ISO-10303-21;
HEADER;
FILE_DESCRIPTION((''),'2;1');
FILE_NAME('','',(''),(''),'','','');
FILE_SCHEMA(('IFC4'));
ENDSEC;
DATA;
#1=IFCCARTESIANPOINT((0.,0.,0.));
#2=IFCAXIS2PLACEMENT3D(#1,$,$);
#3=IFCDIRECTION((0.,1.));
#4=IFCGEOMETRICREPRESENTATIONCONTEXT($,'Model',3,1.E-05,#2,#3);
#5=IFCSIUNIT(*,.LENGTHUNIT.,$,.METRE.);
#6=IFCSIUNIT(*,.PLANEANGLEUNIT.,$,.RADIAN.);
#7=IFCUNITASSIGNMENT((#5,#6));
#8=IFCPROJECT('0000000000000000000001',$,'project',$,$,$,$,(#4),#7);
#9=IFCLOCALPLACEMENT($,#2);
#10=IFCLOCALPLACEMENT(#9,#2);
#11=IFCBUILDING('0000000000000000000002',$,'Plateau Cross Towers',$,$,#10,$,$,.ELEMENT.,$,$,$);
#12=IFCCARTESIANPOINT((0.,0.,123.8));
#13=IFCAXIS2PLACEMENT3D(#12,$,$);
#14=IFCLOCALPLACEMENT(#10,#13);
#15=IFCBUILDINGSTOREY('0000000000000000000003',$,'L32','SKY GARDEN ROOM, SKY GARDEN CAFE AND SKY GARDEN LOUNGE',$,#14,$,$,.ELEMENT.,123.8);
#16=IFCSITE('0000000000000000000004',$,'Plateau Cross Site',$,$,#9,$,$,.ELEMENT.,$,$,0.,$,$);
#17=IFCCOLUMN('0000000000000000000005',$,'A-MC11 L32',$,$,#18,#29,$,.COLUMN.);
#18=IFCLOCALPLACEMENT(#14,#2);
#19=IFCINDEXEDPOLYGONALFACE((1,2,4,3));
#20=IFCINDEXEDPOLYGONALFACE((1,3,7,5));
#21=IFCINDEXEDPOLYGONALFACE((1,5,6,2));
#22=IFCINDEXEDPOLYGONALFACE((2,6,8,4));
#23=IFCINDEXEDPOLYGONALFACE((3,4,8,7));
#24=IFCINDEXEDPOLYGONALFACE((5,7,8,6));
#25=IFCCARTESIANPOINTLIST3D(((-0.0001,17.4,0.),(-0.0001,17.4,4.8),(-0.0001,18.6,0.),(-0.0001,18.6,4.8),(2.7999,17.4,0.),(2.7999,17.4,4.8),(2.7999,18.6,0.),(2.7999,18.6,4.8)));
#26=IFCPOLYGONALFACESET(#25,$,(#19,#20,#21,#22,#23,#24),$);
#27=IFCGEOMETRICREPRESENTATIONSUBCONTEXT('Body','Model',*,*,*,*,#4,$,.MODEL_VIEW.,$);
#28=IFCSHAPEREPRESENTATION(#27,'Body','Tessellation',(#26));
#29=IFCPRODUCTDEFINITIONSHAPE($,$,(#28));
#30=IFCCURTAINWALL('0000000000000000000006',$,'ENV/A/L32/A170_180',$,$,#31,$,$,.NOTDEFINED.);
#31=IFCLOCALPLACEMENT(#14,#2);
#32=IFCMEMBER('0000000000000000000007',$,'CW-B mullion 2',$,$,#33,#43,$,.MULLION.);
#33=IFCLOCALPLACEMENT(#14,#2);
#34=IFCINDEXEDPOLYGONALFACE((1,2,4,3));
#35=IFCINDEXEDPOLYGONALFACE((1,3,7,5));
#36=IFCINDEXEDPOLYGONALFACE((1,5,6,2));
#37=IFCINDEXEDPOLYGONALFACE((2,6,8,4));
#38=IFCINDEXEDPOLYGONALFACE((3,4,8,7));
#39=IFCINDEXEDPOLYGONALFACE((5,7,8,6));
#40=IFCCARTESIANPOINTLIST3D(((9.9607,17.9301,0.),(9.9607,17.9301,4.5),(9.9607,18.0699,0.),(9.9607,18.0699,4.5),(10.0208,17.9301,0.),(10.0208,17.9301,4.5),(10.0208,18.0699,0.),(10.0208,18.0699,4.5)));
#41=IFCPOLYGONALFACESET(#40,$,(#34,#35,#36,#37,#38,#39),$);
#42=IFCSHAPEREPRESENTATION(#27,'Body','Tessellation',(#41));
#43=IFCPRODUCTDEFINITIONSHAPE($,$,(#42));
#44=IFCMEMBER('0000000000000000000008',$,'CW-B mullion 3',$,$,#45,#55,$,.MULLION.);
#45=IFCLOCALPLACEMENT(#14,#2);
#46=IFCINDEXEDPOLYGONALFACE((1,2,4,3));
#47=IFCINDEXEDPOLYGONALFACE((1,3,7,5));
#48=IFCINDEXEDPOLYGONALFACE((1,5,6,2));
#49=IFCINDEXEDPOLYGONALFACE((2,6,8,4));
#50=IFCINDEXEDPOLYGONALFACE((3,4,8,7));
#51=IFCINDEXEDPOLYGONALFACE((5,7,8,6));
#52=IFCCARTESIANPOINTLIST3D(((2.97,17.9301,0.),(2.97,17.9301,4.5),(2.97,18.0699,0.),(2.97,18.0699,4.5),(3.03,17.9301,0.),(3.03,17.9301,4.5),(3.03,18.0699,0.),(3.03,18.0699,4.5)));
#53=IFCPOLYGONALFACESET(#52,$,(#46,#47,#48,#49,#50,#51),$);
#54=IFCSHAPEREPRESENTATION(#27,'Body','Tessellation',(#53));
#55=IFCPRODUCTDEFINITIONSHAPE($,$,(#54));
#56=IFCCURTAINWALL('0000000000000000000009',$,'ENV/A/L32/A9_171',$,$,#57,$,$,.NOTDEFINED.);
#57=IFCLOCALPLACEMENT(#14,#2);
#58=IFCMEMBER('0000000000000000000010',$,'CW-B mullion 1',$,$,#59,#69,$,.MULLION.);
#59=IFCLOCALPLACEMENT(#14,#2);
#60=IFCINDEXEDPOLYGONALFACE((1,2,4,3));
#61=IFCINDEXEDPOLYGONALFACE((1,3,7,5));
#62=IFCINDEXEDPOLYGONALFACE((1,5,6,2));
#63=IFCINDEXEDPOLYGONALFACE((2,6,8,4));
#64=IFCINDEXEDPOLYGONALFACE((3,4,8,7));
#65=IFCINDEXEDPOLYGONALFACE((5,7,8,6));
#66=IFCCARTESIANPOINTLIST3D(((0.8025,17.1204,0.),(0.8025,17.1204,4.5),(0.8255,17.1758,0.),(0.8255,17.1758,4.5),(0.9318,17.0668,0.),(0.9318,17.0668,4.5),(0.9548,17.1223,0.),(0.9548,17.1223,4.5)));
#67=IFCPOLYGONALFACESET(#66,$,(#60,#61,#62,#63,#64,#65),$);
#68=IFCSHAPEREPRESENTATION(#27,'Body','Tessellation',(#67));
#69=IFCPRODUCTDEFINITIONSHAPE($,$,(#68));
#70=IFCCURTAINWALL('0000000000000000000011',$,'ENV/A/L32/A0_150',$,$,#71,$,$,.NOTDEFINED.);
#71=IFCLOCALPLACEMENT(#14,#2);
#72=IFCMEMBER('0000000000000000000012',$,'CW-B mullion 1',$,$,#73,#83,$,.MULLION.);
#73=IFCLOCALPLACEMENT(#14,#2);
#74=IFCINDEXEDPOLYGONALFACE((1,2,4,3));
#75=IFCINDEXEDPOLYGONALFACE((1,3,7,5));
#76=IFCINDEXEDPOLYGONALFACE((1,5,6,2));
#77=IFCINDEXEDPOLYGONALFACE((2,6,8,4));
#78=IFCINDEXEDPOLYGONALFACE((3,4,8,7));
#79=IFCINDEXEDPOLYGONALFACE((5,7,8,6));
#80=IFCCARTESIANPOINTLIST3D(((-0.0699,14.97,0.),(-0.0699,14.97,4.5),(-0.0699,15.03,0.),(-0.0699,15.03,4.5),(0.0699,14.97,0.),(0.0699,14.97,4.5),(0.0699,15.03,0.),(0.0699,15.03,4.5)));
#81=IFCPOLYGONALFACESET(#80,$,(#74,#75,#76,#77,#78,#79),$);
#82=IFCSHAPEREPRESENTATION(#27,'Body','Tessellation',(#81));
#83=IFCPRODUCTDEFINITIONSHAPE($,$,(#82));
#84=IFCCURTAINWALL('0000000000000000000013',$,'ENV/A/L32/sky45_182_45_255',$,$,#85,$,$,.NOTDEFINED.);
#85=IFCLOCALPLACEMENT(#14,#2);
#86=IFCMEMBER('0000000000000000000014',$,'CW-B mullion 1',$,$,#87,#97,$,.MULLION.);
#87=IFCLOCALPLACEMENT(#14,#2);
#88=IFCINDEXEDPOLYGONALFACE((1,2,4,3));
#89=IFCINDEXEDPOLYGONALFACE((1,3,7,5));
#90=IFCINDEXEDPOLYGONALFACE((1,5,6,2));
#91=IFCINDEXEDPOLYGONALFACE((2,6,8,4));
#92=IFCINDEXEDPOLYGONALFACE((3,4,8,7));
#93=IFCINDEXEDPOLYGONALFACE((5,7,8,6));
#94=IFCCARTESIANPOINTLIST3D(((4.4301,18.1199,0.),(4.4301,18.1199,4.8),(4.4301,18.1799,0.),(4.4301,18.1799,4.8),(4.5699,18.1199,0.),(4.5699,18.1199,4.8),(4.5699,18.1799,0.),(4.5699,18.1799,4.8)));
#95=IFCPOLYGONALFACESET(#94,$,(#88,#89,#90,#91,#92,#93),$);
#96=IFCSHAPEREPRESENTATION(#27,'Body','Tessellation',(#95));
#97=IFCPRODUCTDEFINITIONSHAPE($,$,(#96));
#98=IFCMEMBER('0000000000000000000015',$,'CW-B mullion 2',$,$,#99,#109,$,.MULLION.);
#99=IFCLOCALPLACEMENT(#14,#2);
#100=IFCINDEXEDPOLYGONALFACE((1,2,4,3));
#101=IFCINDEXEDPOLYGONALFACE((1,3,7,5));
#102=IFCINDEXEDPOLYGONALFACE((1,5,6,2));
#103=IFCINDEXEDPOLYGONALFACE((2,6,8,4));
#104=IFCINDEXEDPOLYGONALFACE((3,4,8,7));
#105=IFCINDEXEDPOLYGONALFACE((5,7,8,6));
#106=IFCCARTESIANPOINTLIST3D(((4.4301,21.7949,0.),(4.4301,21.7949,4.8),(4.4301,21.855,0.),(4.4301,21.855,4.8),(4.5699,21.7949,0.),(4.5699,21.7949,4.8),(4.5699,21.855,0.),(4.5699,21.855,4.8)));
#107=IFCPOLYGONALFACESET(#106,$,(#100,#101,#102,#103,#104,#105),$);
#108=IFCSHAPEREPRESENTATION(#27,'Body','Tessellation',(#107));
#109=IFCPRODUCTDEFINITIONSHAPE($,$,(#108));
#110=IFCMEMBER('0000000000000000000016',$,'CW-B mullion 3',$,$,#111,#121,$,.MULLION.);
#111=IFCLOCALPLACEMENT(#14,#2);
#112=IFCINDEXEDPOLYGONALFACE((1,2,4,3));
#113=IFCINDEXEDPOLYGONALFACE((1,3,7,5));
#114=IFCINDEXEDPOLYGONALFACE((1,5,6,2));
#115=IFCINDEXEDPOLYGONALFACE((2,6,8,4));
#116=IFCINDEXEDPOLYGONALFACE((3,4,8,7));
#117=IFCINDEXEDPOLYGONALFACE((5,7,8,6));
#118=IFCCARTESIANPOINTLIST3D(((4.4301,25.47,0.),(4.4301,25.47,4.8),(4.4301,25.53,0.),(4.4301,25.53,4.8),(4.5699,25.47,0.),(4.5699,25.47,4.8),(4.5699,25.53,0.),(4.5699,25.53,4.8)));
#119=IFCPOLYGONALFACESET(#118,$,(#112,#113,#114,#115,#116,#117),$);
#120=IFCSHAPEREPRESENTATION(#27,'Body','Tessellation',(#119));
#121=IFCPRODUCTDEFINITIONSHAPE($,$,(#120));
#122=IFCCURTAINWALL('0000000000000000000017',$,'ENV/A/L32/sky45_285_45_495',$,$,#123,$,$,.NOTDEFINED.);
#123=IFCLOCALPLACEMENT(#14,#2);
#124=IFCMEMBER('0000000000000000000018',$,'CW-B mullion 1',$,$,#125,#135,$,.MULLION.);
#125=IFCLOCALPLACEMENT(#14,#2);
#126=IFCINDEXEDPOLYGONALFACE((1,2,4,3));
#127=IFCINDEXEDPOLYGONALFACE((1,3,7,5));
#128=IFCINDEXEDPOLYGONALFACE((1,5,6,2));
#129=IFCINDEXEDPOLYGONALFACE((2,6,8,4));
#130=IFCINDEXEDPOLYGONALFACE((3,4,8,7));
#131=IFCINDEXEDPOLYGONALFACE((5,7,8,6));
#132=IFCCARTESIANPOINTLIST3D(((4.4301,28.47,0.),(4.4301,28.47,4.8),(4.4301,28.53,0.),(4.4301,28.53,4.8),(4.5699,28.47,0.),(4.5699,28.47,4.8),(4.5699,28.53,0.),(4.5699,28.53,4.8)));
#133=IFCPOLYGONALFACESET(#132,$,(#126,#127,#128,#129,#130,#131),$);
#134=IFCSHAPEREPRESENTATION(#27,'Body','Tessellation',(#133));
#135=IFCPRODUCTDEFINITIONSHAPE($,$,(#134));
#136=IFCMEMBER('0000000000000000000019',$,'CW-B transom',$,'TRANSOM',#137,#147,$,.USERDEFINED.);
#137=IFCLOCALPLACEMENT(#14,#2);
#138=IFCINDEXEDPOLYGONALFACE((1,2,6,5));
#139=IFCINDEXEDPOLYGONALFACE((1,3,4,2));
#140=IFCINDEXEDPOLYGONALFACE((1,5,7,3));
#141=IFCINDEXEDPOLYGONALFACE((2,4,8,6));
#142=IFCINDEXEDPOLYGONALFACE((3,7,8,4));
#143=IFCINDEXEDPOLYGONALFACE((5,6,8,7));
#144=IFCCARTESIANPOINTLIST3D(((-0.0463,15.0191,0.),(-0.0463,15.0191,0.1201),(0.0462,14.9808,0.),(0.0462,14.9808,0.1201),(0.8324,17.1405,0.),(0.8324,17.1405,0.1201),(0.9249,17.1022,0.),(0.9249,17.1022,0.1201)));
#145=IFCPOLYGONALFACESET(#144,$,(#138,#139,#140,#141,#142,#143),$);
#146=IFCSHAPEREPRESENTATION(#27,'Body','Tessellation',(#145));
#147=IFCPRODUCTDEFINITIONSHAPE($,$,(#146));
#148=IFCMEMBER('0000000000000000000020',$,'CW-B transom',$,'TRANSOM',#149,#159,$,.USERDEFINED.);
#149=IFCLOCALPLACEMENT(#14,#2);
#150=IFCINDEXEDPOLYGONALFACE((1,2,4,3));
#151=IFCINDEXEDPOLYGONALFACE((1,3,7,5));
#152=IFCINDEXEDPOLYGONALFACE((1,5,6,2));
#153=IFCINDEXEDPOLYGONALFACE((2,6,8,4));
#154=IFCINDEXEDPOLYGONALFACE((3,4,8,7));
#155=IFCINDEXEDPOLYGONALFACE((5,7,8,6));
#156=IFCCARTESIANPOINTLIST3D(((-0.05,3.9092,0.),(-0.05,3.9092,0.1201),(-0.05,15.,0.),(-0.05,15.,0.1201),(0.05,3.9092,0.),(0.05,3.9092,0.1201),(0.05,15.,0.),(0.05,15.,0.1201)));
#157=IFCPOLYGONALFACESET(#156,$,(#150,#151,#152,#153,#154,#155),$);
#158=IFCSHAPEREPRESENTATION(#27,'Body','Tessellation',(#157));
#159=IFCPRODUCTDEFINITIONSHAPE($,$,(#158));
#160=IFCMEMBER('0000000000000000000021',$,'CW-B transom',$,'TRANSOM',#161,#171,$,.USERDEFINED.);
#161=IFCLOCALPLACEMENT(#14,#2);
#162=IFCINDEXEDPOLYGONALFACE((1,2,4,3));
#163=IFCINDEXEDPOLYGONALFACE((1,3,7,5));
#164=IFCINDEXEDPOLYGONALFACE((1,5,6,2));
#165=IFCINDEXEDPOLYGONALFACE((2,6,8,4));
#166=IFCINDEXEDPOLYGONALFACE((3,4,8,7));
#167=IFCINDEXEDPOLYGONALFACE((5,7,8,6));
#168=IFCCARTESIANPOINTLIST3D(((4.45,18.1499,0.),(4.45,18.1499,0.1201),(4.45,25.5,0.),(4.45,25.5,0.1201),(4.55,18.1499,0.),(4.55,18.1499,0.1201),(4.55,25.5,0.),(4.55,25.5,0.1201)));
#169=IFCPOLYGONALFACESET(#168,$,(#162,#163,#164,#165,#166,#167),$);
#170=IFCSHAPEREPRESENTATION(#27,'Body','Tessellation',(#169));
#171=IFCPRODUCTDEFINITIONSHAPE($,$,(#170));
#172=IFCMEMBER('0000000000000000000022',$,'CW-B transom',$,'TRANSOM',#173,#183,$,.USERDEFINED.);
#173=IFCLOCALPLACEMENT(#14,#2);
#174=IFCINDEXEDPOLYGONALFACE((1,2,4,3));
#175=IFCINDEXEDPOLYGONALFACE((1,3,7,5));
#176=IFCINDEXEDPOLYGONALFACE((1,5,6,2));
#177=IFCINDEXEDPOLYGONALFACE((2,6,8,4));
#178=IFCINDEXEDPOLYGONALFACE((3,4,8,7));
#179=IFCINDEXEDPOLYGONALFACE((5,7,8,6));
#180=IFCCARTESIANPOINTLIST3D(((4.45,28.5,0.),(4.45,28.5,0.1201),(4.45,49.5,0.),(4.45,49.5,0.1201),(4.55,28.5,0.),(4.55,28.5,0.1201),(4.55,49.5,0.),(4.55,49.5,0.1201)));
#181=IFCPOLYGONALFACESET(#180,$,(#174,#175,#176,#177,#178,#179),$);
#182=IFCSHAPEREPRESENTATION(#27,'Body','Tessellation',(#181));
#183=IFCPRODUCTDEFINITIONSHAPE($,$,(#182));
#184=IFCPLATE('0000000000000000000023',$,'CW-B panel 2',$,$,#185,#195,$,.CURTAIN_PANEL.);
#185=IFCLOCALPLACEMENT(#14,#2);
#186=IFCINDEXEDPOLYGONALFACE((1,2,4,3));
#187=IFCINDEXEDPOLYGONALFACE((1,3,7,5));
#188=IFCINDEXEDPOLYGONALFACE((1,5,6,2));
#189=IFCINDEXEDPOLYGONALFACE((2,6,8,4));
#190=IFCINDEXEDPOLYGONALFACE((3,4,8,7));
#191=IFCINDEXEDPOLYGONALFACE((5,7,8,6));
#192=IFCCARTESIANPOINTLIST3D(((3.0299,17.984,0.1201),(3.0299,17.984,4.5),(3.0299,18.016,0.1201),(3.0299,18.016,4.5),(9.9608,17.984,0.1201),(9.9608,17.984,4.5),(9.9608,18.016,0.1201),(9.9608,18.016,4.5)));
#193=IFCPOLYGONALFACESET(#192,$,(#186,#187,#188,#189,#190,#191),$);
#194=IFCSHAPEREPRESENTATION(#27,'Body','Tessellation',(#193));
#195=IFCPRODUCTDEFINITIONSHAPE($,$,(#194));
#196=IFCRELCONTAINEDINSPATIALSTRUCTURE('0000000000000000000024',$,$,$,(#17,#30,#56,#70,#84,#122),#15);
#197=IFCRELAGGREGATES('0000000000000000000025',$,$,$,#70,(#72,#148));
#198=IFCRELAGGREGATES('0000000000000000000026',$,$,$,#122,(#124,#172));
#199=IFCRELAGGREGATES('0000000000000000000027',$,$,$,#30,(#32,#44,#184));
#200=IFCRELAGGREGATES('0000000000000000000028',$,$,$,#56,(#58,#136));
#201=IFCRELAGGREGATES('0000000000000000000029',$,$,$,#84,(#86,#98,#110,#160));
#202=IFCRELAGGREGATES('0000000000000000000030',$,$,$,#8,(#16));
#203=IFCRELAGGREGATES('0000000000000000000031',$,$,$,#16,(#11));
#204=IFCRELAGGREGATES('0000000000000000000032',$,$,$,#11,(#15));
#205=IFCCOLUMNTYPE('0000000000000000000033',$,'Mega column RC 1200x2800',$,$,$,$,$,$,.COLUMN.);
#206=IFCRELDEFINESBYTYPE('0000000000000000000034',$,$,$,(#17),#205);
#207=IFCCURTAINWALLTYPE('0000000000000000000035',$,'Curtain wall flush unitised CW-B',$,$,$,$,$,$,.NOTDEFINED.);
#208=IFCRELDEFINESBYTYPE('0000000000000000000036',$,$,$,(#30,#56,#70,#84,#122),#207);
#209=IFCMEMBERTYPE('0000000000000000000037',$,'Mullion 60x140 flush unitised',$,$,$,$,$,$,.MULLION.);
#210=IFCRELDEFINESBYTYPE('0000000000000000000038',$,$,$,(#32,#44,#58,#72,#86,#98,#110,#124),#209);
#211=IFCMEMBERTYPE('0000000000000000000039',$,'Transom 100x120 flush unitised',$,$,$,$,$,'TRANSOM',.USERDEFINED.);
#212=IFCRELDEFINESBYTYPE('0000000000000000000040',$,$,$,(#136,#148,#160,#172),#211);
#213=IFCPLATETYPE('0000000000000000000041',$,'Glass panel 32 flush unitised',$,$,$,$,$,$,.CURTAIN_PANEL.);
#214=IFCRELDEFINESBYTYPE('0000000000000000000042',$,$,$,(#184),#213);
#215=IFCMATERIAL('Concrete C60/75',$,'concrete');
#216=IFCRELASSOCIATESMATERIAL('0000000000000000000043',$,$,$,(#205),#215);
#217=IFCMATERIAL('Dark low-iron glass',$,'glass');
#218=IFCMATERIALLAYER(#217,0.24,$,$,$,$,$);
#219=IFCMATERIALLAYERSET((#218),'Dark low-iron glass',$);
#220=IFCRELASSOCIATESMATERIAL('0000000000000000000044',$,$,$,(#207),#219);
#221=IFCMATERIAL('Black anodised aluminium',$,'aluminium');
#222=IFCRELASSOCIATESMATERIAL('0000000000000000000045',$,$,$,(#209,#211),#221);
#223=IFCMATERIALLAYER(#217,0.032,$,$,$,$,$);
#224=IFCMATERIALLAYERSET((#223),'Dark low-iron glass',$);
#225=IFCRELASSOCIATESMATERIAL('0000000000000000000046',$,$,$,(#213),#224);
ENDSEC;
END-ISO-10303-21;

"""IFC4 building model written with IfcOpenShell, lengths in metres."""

from ifc_helpers import new_model, si_unit, direction, frame, origin, origin_2d, place, context, subcontext, project, spatial, rectangle, extrude, material, layer, layer_set, material_profile, profile_set, type_object, element, aggregate, save


model = new_model("IFC4")

# Units and contexts
model_context = context("Model", 3, precision=1e-05, world=origin(), true_north=direction((0.0, 1.0)))
body_context = subcontext(model_context, "Body", "Model", "MODEL_VIEW")
ifc_project = project(units=[si_unit("LENGTHUNIT", "METRE"), si_unit("PLANEANGLEUNIT", "RADIAN")], contexts=[model_context])

# Site, building, storey
site_placement = place(None, origin())
site = spatial("IfcSite", under=ifc_project, at=site_placement, Name="Plateau Cross Site", CompositionType="ELEMENT", RefElevation=0.0)
building_placement = place(site_placement, origin())
building = spatial("IfcBuilding", under=site, at=building_placement, Name="Plateau Cross Towers", CompositionType="ELEMENT")
storey_placement = place(building_placement, frame((0.0, 0.0, 123.8)))
storey = spatial("IfcBuildingStorey", under=building, at=storey_placement, Name="L32", Description="SKY GARDEN ROOM, SKY GARDEN CAFE AND SKY GARDEN LOUNGE", CompositionType="ELEMENT", Elevation=123.8)

# Column
ifc_material_1 = material(Name="Concrete C60/75", Category="concrete")
ifc_material_profile_1 = material_profile(ifc_material_1, rectangle(XDim=1.2, YDim=2.8, at=origin_2d()), Name="RC 1200x2800")
ifc_profile_set_1 = profile_set([ifc_material_profile_1], Name="Concrete C60/75")
column_type = type_object("IfcColumnType", Name="Mega column RC 1200x2800", PredefinedType="COLUMN", material=ifc_profile_set_1)
column_placement = place(storey_placement, frame((1.3999, 18.0, 0.0), z_axis=(0.0, 0.0, 1.0), x_axis=(0.0, 1.0, 0.0)))
element("IfcColumn", 1, at=column_placement, inside=storey, type_object=column_type, Name="A-MC11 L32", PredefinedType="COLUMN", context=body_context, shape_type="SweptSolid", body=[
    extrude(rectangle(XDim=1.2, YDim=2.8, at=origin_2d()), origin(), (0.0, 0.0, 1.0), 4.8),
])

# Curtain wall, members
ifc_material_2 = material(Name="Dark low-iron glass", Category="glass")
ifc_layer_1 = layer(ifc_material_2, 0.24)
ifc_layer_set_1 = layer_set([ifc_layer_1], Name="Dark low-iron glass")
curtain_wall_type = type_object("IfcCurtainWallType", Name="Curtain wall flush unitised CW-B", PredefinedType="NOTDEFINED", material=ifc_layer_set_1)
curtain_wall_1_placement = place(storey_placement, origin())
curtain_wall_1 = element("IfcCurtainWall", 2, at=curtain_wall_1_placement, inside=storey, type_object=curtain_wall_type, Name="ENV/A/L32/A170_180", PredefinedType="NOTDEFINED")
ifc_material_3 = material(Name="Black anodised aluminium", Category="aluminium")
ifc_material_profile_2 = material_profile(ifc_material_3, rectangle(XDim=0.0601, YDim=0.1399, at=origin_2d()), Name="MULLION 60x140")
ifc_profile_set_2 = profile_set([ifc_material_profile_2], Name="Black anodised aluminium")
member_type_1 = type_object("IfcMemberType", Name="Mullion 60x140 flush unitised", PredefinedType="MULLION", material=ifc_profile_set_2)
member_1_placement = place(storey_placement, frame((9.9907, 18.0, 0.0), z_axis=(0.0, 0.0, 1.0), x_axis=(-1.0, 0.0, 0.0)))
member_1 = element("IfcMember", 3, at=member_1_placement, type_object=member_type_1, Name="CW-B mullion 2", PredefinedType="MULLION", context=body_context, shape_type="SweptSolid", body=[
    extrude(rectangle(XDim=0.0601, YDim=0.1399, at=origin_2d()), origin(), (0.0, 0.0, 1.0), 4.5),
])
member_2_placement = place(storey_placement, frame((3.0, 18.0, 0.0), z_axis=(0.0, 0.0, 1.0), x_axis=(-1.0, 0.0, 0.0)))
member_2 = element("IfcMember", 4, at=member_2_placement, type_object=member_type_1, Name="CW-B mullion 3", PredefinedType="MULLION", context=body_context, shape_type="SweptSolid", body=[
    extrude(rectangle(XDim=0.0601, YDim=0.1399, at=origin_2d()), origin(), (0.0, 0.0, 1.0), 4.5),
])

# Curtain walls, members
curtain_wall_2_placement = place(storey_placement, origin())
curtain_wall_2 = element("IfcCurtainWall", 5, at=curtain_wall_2_placement, inside=storey, type_object=curtain_wall_type, Name="ENV/A/L32/A9_171", PredefinedType="NOTDEFINED")
member_3_placement = place(storey_placement, frame((0.8787, 17.1213, 0.0), z_axis=(0.0, 0.0, 1.0), x_axis=(-0.382684, -0.923879, 0.0)))
member_3 = element("IfcMember", 6, at=member_3_placement, type_object=member_type_1, Name="CW-B mullion 1", PredefinedType="MULLION", context=body_context, shape_type="SweptSolid", body=[
    extrude(rectangle(XDim=0.0601, YDim=0.1399, at=origin_2d()), origin(), (0.0, 0.0, 1.0), 4.5),
])
curtain_wall_3_placement = place(storey_placement, origin())
curtain_wall_3 = element("IfcCurtainWall", 7, at=curtain_wall_3_placement, inside=storey, type_object=curtain_wall_type, Name="ENV/A/L32/A0_150", PredefinedType="NOTDEFINED")
member_4_placement = place(storey_placement, frame((0.0, 15.0, 0.0), z_axis=(0.0, 0.0, 1.0), x_axis=(0.0, -1.0, 0.0)))
member_4 = element("IfcMember", 8, at=member_4_placement, type_object=member_type_1, Name="CW-B mullion 1", PredefinedType="MULLION", context=body_context, shape_type="SweptSolid", body=[
    extrude(rectangle(XDim=0.0601, YDim=0.1399, at=origin_2d()), origin(), (0.0, 0.0, 1.0), 4.5),
])

# Curtain wall, members
curtain_wall_4_placement = place(storey_placement, origin())
curtain_wall_4 = element("IfcCurtainWall", 9, at=curtain_wall_4_placement, inside=storey, type_object=curtain_wall_type, Name="ENV/A/L32/sky45_182_45_255", PredefinedType="NOTDEFINED")
member_5_placement = place(storey_placement, frame((4.5, 18.1499, 0.0), z_axis=(0.0, 0.0, 1.0), x_axis=(0.0, 1.0, 0.0)))
member_5 = element("IfcMember", 10, at=member_5_placement, type_object=member_type_1, Name="CW-B mullion 1", PredefinedType="MULLION", context=body_context, shape_type="SweptSolid", body=[
    extrude(rectangle(XDim=0.0601, YDim=0.1399, at=origin_2d()), origin(), (0.0, 0.0, 1.0), 4.8),
])
member_6_placement = place(storey_placement, frame((4.5, 21.825, 0.0), z_axis=(0.0, 0.0, 1.0), x_axis=(0.0, 1.0, 0.0)))
member_6 = element("IfcMember", 11, at=member_6_placement, type_object=member_type_1, Name="CW-B mullion 2", PredefinedType="MULLION", context=body_context, shape_type="SweptSolid", body=[
    extrude(rectangle(XDim=0.0601, YDim=0.1399, at=origin_2d()), origin(), (0.0, 0.0, 1.0), 4.8),
])
member_7_placement = place(storey_placement, frame((4.5, 25.5, 0.0), z_axis=(0.0, 0.0, 1.0), x_axis=(0.0, 1.0, 0.0)))
member_7 = element("IfcMember", 12, at=member_7_placement, type_object=member_type_1, Name="CW-B mullion 3", PredefinedType="MULLION", context=body_context, shape_type="SweptSolid", body=[
    extrude(rectangle(XDim=0.0601, YDim=0.1399, at=origin_2d()), origin(), (0.0, 0.0, 1.0), 4.8),
])

# Curtain wall, member
curtain_wall_5_placement = place(storey_placement, origin())
curtain_wall_5 = element("IfcCurtainWall", 13, at=curtain_wall_5_placement, inside=storey, type_object=curtain_wall_type, Name="ENV/A/L32/sky45_285_45_495", PredefinedType="NOTDEFINED")
member_8_placement = place(storey_placement, frame((4.5, 28.5, 0.0), z_axis=(0.0, 0.0, 1.0), x_axis=(0.0, 1.0, 0.0)))
member_8 = element("IfcMember", 14, at=member_8_placement, type_object=member_type_1, Name="CW-B mullion 1", PredefinedType="MULLION", context=body_context, shape_type="SweptSolid", body=[
    extrude(rectangle(XDim=0.0601, YDim=0.1399, at=origin_2d()), origin(), (0.0, 0.0, 1.0), 4.8),
])

# Members
ifc_material_profile_3 = material_profile(ifc_material_3, rectangle(XDim=0.1001, YDim=0.1201, at=origin_2d()), Name="TRANSOM 100x120")
ifc_profile_set_3 = profile_set([ifc_material_profile_3], Name="Black anodised aluminium")
member_type_2 = type_object("IfcMemberType", Name="Transom 100x120 flush unitised", ElementType="TRANSOM", PredefinedType="USERDEFINED", material=ifc_profile_set_3)
member_9_placement = place(storey_placement, frame((0.8787, 17.1213, 0.0601), z_axis=(-0.382674, -0.923883, 0.0), x_axis=(0.923883, -0.382674, 0.0)))
member_9 = element("IfcMember", 15, at=member_9_placement, type_object=member_type_2, Name="CW-B transom", ObjectType="TRANSOM", PredefinedType="USERDEFINED", context=body_context, shape_type="SweptSolid", body=[
    extrude(rectangle(XDim=0.1001, YDim=0.1201, at=origin_2d()), origin(), (0.0, 0.0, 1.0), 2.2961),
])
member_10_placement = place(storey_placement, frame((0.0, 15.0, 0.0601), z_axis=(0.0, -1.0, 0.0), x_axis=(1.0, 0.0, 0.0)))
member_10 = element("IfcMember", 16, at=member_10_placement, type_object=member_type_2, Name="CW-B transom", ObjectType="TRANSOM", PredefinedType="USERDEFINED", context=body_context, shape_type="SweptSolid", body=[
    extrude(rectangle(XDim=0.1001, YDim=0.1201, at=origin_2d()), origin(), (0.0, 0.0, 1.0), 11.0908),
])
aggregate(curtain_wall_3, [member_4, member_10])
member_11_placement = place(storey_placement, frame((4.5, 18.1499, 0.0601), z_axis=(0.0, 1.0, 0.0), x_axis=(-1.0, 0.0, 0.0)))
member_11 = element("IfcMember", 17, at=member_11_placement, type_object=member_type_2, Name="CW-B transom", ObjectType="TRANSOM", PredefinedType="USERDEFINED", context=body_context, shape_type="SweptSolid", body=[
    extrude(rectangle(XDim=0.1001, YDim=0.1201, at=origin_2d()), origin(), (0.0, 0.0, 1.0), 7.3501),
])
member_12_placement = place(storey_placement, frame((4.5, 28.5, 0.0601), z_axis=(0.0, 1.0, 0.0), x_axis=(-1.0, 0.0, 0.0)))
member_12 = element("IfcMember", 18, at=member_12_placement, type_object=member_type_2, Name="CW-B transom", ObjectType="TRANSOM", PredefinedType="USERDEFINED", context=body_context, shape_type="SweptSolid", body=[
    extrude(rectangle(XDim=0.1001, YDim=0.1201, at=origin_2d()), origin(), (0.0, 0.0, 1.0), 21.0),
])
aggregate(curtain_wall_5, [member_8, member_12])

# Plate
ifc_layer_2 = layer(ifc_material_2, 0.032)
ifc_layer_set_2 = layer_set([ifc_layer_2], Name="Dark low-iron glass")
plate_type = type_object("IfcPlateType", Name="Glass panel 32 flush unitised", PredefinedType="CURTAIN_PANEL", material=ifc_layer_set_2)
plate_1_placement = place(storey_placement, frame((6.4954, 18.0, 0.1201), z_axis=(0.0, 0.0, 1.0), x_axis=(-1.0, 0.0, 0.0)))
plate_1 = element("IfcPlate", 19, at=plate_1_placement, type_object=plate_type, Name="CW-B panel 2", PredefinedType="CURTAIN_PANEL", context=body_context, shape_type="SweptSolid", body=[
    extrude(rectangle(XDim=6.9309, YDim=0.032, at=origin_2d()), origin(), (0.0, 0.0, 1.0), 4.3799),
])
aggregate(curtain_wall_1, [member_1, member_2, plate_1])
aggregate(curtain_wall_2, [member_3, member_9])
aggregate(curtain_wall_4, [member_5, member_6, member_7, member_11])

save(model, "model.ifc")
